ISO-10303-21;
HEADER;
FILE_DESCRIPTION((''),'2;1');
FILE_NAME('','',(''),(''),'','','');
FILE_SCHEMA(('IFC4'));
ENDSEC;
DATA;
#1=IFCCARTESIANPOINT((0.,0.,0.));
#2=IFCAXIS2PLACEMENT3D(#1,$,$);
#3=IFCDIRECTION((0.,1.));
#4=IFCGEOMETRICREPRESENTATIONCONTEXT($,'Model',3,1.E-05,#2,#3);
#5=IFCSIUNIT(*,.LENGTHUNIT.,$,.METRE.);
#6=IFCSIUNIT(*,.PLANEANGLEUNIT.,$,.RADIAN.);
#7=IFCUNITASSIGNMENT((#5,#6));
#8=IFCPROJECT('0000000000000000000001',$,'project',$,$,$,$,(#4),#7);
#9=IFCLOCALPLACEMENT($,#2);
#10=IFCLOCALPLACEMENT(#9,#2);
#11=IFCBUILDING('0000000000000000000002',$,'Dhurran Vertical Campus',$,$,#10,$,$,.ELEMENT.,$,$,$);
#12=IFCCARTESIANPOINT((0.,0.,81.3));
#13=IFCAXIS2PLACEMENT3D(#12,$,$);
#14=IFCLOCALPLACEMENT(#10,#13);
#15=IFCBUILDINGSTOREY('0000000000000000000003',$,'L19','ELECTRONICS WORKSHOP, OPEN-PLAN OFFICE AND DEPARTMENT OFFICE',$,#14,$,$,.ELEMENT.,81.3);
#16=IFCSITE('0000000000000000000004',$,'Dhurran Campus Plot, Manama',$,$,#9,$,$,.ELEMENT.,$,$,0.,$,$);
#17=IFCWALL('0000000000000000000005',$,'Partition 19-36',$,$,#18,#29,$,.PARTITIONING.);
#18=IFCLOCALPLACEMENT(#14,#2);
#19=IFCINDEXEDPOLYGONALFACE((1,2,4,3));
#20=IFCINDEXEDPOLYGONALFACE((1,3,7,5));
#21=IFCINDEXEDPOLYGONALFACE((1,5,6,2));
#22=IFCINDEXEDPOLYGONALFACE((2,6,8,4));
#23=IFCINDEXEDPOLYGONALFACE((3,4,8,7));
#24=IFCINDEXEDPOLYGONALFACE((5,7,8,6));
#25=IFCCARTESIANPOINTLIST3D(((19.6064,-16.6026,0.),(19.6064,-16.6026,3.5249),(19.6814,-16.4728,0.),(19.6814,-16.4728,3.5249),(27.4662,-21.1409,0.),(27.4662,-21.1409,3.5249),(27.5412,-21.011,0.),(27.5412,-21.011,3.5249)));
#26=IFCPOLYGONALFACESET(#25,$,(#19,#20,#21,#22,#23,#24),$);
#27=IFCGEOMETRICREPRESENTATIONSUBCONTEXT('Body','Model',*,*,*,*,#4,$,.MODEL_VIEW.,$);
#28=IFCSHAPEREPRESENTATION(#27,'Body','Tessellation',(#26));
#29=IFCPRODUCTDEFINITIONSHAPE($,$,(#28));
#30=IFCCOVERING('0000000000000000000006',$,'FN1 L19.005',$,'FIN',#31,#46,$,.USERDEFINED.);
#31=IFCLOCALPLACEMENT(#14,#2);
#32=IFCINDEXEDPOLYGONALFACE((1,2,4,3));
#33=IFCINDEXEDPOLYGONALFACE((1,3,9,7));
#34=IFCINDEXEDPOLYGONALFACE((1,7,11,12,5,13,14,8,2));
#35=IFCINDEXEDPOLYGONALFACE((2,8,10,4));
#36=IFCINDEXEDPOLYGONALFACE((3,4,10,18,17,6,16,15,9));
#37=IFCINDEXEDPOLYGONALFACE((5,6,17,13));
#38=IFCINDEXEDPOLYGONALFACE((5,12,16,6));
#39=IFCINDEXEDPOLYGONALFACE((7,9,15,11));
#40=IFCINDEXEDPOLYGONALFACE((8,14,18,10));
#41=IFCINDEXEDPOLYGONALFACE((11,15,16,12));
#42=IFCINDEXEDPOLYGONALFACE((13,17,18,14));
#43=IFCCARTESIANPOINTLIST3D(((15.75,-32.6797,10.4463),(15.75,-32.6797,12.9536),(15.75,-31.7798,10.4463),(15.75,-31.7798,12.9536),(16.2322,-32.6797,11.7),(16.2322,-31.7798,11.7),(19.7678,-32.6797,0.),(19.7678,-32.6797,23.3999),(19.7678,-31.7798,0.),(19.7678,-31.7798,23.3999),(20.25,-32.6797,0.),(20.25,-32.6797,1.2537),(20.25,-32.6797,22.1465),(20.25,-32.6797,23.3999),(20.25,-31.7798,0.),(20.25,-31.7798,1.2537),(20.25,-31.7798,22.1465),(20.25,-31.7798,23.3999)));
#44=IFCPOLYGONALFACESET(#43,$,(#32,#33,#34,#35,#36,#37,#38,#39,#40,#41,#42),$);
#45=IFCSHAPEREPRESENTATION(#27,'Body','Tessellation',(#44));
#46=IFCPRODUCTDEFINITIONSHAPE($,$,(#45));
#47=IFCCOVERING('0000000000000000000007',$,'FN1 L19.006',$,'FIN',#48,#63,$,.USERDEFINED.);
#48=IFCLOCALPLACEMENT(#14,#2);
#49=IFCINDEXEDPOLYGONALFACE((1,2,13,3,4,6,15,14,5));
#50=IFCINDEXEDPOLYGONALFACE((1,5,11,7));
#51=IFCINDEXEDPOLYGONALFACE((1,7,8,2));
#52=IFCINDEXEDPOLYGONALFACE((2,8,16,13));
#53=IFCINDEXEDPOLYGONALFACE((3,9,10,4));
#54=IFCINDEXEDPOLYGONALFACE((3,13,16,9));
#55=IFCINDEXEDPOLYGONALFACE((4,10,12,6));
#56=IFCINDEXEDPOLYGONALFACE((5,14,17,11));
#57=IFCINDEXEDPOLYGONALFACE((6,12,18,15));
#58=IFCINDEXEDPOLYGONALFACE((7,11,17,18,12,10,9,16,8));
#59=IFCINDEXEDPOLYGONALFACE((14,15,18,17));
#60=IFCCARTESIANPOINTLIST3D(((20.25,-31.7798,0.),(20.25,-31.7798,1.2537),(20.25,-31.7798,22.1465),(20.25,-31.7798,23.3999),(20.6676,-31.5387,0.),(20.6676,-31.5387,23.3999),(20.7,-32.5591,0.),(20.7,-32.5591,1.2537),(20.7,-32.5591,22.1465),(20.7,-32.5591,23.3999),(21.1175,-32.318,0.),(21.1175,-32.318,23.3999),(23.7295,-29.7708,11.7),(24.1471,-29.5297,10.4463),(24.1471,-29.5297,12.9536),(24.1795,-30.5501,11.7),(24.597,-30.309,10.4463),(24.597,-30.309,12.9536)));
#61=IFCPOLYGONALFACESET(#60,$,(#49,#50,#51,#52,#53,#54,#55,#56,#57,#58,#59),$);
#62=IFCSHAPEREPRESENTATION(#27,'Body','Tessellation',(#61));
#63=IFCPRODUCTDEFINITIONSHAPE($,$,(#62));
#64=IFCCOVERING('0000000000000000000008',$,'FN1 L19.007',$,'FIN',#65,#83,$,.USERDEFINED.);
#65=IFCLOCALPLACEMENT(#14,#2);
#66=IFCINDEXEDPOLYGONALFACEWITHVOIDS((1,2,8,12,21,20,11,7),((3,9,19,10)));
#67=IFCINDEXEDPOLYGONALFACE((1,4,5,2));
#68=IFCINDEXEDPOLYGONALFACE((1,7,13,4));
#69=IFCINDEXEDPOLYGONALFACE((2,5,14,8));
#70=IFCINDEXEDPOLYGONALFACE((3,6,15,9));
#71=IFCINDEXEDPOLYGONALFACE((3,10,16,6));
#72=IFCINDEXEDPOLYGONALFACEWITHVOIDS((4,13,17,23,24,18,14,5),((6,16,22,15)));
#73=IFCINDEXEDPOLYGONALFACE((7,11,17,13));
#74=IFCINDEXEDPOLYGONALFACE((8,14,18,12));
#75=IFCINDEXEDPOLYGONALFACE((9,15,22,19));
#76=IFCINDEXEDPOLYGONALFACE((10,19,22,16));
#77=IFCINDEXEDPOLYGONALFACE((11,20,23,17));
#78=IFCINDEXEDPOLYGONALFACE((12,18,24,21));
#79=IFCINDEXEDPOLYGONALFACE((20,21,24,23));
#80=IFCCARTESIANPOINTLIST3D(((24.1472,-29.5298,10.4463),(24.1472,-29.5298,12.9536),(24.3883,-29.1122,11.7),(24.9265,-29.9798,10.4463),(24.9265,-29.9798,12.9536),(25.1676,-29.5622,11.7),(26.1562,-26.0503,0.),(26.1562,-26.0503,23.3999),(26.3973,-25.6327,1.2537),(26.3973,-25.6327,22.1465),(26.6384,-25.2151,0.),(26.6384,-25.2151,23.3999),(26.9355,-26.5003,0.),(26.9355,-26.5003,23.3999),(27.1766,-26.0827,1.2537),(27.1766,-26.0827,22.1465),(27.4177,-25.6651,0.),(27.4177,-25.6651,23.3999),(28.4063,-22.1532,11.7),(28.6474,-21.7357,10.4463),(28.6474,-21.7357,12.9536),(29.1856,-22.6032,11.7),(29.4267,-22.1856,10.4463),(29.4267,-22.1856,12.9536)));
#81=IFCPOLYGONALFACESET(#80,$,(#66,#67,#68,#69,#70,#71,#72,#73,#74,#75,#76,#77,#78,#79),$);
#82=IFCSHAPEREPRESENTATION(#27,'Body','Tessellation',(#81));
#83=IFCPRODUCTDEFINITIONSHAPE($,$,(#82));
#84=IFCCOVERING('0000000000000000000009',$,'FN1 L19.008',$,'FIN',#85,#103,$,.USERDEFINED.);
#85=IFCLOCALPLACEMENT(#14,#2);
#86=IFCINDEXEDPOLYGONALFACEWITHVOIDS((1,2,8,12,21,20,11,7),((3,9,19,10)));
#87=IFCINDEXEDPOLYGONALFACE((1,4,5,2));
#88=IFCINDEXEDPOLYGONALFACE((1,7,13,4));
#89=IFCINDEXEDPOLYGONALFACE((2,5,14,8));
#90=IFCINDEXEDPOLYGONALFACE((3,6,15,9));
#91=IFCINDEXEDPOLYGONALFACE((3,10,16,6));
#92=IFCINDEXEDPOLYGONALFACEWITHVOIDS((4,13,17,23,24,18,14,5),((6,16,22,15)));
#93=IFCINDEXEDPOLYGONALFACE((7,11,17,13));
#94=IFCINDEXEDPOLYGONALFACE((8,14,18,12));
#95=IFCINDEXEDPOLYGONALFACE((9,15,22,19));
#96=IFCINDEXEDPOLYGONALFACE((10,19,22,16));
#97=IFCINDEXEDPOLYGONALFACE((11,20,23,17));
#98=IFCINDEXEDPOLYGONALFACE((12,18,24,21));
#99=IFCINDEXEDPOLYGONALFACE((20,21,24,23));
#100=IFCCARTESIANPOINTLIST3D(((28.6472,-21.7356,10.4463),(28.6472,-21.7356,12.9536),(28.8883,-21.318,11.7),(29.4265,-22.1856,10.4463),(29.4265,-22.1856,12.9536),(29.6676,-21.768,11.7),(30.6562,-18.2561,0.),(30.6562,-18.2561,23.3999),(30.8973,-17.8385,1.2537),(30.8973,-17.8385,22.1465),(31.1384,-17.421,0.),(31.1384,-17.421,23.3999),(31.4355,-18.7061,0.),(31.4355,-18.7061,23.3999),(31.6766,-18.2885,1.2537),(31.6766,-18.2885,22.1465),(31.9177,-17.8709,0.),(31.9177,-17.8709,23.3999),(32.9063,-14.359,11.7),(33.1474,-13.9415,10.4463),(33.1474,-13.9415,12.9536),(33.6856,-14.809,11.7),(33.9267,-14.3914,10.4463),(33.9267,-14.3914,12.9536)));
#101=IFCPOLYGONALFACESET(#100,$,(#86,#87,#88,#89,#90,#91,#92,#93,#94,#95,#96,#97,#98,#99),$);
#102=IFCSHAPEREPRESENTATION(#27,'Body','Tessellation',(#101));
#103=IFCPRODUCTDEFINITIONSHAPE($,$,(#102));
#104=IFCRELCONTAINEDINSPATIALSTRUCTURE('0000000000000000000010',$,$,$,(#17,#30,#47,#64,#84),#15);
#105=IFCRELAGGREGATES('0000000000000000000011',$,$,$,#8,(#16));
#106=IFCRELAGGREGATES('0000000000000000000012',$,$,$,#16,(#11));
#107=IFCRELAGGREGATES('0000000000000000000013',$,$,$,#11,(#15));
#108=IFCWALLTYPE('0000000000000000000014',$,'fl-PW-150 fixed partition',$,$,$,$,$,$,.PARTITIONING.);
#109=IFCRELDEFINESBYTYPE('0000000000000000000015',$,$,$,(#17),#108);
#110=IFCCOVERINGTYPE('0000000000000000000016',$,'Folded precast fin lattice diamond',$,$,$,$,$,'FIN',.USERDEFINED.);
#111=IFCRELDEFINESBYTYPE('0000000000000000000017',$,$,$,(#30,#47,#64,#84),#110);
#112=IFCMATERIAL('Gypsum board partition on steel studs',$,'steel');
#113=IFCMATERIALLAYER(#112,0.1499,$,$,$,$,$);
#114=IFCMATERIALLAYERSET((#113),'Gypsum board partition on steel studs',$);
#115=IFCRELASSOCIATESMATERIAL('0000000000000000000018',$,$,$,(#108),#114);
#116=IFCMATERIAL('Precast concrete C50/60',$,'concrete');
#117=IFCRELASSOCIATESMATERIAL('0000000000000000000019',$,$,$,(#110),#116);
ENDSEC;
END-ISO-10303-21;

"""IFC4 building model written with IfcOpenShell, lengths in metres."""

from ifc_helpers import new_model, si_unit, direction, frame, frame_2d, origin, place, context, subcontext, project, spatial, polyline, rectangle, outline, extrude, material, layer, layer_set, type_object, element, save


model = new_model("IFC4")

# Units and contexts
model_context = context("Model", 3, precision=1e-05, world=origin(), true_north=direction((0.0, 1.0)))
body_context = subcontext(model_context, "Body", "Model", "MODEL_VIEW")
ifc_project = project(units=[si_unit("LENGTHUNIT", "METRE"), si_unit("PLANEANGLEUNIT", "RADIAN")], contexts=[model_context])

# Site, building, storey
site_placement = place(None, origin())
site = spatial("IfcSite", under=ifc_project, at=site_placement, Name="Dhurran Campus Plot, Manama", CompositionType="ELEMENT", RefElevation=0.0)
building_placement = place(site_placement, origin())
building = spatial("IfcBuilding", under=site, at=building_placement, Name="Dhurran Vertical Campus", CompositionType="ELEMENT")
storey_placement = place(building_placement, frame((0.0, 0.0, 81.3)))
storey = spatial("IfcBuildingStorey", under=building, at=storey_placement, Name="L19", Description="ELECTRONICS WORKSHOP, OPEN-PLAN OFFICE AND DEPARTMENT OFFICE", CompositionType="ELEMENT", Elevation=81.3)

# Wall
ifc_material_1 = material(Name="Gypsum board partition on steel studs", Category="steel")
ifc_layer_1 = layer(ifc_material_1, 0.1499)
ifc_layer_set_1 = layer_set([ifc_layer_1], Name="Gypsum board partition on steel studs")
wall_type_1 = type_object("IfcWallType", Name="fl-PW-150 fixed partition", PredefinedType="PARTITIONING", material=ifc_layer_set_1)
wall_1_placement = place(storey_placement, frame((19.6438, -16.5376, 0.0), z_axis=(0.0, 0.0, 1.0), x_axis=(0.866005, -0.500036, 0.0)))
element("IfcWall", 1, at=wall_1_placement, inside=storey, type_object=wall_type_1, Name="Partition 19-36", PredefinedType="PARTITIONING", context=body_context, shape_type="SweptSolid", body=[
    extrude(rectangle(XDim=9.0759, YDim=0.1499, at=frame_2d((4.5381, 0.0))), origin(), (0.0, 0.0, 1.0), 3.5249),
])

# Coverings
ifc_material_2 = material(Name="Precast concrete C50/60", Category="concrete")
covering_type = type_object("IfcCoveringType", Name="Folded precast fin lattice diamond", ElementType="FIN", PredefinedType="USERDEFINED", material=ifc_material_2)
covering_1_placement = place(storey_placement, frame((15.75, -31.7798, 0.0), z_axis=(0.0, -1.0, 0.0), x_axis=(1.0, 0.0, 0.0)))
element("IfcCovering", 2, at=covering_1_placement, inside=storey, type_object=covering_type, Name="FN1 L19.005", ObjectType="FIN", PredefinedType="USERDEFINED", context=body_context, shape_type="SweptSolid", body=[
    extrude(outline(polyline([(4.0178, 0.0), (0.0, 10.4463), (0.0, 12.9536), (4.0178, 23.3999), (4.5, 23.3999), (4.5, 22.1465), (0.4822, 11.7), (4.5, 1.2537), (4.5, 0.0), (4.0178, 0.0)])), origin(), (0.0, 0.0, 1.0), 0.8999),
])
covering_2_placement = place(storey_placement, frame((20.25, -31.7798, 0.0), z_axis=(0.50002, -0.866014, 0.0), x_axis=(0.866014, 0.50002, 0.0)))
element("IfcCovering", 3, at=covering_2_placement, inside=storey, type_object=covering_type, Name="FN1 L19.006", ObjectType="FIN", PredefinedType="USERDEFINED", context=body_context, shape_type="SweptSolid", body=[
    extrude(outline(polyline([(4.5, 10.4463), (0.4822, 0.0), (0.0, 0.0), (0.0, 1.2537), (4.0178, 11.7), (0.0, 22.1465), (0.0, 23.3999), (0.4822, 23.3999), (4.5, 12.9536), (4.5, 10.4463)])), origin(), (0.0, 0.0, 1.0), 0.8999),
])
for number, where, z_axis, x_axis, name in (
    (4, (24.1472, -29.5298, 0.0), (0.866014, -0.50002, 0.0), (0.50002, 0.866014, 0.0), "FN1 L19.007"),
    (5, (28.6472, -21.7356, 0.0), (0.866014, -0.50002, 0.0), (0.50002, 0.866014, 0.0), "FN1 L19.008"),
):
    element("IfcCovering", number, at=place(storey_placement, frame(where, z_axis=z_axis, x_axis=x_axis)), inside=storey, type_object=covering_type, Name=name, ObjectType="FIN", PredefinedType="USERDEFINED", context=body_context, shape_type="SweptSolid", body=[
        extrude(outline(polyline([(9.0, 12.9536), (9.0, 10.4463), (4.9822, 0.0), (4.0178, 0.0), (0.0, 10.4463), (0.0, 12.9536), (4.0178, 23.3999), (4.9822, 23.3999), (9.0, 12.9536)]), holes=[polyline([(8.5178, 11.7), (4.5, 22.1465), (0.4822, 11.7), (4.5, 1.2537), (8.5178, 11.7)])]), origin(), (0.0, 0.0, 1.0), 0.8999),
    ])

save(model, "model.ifc")
